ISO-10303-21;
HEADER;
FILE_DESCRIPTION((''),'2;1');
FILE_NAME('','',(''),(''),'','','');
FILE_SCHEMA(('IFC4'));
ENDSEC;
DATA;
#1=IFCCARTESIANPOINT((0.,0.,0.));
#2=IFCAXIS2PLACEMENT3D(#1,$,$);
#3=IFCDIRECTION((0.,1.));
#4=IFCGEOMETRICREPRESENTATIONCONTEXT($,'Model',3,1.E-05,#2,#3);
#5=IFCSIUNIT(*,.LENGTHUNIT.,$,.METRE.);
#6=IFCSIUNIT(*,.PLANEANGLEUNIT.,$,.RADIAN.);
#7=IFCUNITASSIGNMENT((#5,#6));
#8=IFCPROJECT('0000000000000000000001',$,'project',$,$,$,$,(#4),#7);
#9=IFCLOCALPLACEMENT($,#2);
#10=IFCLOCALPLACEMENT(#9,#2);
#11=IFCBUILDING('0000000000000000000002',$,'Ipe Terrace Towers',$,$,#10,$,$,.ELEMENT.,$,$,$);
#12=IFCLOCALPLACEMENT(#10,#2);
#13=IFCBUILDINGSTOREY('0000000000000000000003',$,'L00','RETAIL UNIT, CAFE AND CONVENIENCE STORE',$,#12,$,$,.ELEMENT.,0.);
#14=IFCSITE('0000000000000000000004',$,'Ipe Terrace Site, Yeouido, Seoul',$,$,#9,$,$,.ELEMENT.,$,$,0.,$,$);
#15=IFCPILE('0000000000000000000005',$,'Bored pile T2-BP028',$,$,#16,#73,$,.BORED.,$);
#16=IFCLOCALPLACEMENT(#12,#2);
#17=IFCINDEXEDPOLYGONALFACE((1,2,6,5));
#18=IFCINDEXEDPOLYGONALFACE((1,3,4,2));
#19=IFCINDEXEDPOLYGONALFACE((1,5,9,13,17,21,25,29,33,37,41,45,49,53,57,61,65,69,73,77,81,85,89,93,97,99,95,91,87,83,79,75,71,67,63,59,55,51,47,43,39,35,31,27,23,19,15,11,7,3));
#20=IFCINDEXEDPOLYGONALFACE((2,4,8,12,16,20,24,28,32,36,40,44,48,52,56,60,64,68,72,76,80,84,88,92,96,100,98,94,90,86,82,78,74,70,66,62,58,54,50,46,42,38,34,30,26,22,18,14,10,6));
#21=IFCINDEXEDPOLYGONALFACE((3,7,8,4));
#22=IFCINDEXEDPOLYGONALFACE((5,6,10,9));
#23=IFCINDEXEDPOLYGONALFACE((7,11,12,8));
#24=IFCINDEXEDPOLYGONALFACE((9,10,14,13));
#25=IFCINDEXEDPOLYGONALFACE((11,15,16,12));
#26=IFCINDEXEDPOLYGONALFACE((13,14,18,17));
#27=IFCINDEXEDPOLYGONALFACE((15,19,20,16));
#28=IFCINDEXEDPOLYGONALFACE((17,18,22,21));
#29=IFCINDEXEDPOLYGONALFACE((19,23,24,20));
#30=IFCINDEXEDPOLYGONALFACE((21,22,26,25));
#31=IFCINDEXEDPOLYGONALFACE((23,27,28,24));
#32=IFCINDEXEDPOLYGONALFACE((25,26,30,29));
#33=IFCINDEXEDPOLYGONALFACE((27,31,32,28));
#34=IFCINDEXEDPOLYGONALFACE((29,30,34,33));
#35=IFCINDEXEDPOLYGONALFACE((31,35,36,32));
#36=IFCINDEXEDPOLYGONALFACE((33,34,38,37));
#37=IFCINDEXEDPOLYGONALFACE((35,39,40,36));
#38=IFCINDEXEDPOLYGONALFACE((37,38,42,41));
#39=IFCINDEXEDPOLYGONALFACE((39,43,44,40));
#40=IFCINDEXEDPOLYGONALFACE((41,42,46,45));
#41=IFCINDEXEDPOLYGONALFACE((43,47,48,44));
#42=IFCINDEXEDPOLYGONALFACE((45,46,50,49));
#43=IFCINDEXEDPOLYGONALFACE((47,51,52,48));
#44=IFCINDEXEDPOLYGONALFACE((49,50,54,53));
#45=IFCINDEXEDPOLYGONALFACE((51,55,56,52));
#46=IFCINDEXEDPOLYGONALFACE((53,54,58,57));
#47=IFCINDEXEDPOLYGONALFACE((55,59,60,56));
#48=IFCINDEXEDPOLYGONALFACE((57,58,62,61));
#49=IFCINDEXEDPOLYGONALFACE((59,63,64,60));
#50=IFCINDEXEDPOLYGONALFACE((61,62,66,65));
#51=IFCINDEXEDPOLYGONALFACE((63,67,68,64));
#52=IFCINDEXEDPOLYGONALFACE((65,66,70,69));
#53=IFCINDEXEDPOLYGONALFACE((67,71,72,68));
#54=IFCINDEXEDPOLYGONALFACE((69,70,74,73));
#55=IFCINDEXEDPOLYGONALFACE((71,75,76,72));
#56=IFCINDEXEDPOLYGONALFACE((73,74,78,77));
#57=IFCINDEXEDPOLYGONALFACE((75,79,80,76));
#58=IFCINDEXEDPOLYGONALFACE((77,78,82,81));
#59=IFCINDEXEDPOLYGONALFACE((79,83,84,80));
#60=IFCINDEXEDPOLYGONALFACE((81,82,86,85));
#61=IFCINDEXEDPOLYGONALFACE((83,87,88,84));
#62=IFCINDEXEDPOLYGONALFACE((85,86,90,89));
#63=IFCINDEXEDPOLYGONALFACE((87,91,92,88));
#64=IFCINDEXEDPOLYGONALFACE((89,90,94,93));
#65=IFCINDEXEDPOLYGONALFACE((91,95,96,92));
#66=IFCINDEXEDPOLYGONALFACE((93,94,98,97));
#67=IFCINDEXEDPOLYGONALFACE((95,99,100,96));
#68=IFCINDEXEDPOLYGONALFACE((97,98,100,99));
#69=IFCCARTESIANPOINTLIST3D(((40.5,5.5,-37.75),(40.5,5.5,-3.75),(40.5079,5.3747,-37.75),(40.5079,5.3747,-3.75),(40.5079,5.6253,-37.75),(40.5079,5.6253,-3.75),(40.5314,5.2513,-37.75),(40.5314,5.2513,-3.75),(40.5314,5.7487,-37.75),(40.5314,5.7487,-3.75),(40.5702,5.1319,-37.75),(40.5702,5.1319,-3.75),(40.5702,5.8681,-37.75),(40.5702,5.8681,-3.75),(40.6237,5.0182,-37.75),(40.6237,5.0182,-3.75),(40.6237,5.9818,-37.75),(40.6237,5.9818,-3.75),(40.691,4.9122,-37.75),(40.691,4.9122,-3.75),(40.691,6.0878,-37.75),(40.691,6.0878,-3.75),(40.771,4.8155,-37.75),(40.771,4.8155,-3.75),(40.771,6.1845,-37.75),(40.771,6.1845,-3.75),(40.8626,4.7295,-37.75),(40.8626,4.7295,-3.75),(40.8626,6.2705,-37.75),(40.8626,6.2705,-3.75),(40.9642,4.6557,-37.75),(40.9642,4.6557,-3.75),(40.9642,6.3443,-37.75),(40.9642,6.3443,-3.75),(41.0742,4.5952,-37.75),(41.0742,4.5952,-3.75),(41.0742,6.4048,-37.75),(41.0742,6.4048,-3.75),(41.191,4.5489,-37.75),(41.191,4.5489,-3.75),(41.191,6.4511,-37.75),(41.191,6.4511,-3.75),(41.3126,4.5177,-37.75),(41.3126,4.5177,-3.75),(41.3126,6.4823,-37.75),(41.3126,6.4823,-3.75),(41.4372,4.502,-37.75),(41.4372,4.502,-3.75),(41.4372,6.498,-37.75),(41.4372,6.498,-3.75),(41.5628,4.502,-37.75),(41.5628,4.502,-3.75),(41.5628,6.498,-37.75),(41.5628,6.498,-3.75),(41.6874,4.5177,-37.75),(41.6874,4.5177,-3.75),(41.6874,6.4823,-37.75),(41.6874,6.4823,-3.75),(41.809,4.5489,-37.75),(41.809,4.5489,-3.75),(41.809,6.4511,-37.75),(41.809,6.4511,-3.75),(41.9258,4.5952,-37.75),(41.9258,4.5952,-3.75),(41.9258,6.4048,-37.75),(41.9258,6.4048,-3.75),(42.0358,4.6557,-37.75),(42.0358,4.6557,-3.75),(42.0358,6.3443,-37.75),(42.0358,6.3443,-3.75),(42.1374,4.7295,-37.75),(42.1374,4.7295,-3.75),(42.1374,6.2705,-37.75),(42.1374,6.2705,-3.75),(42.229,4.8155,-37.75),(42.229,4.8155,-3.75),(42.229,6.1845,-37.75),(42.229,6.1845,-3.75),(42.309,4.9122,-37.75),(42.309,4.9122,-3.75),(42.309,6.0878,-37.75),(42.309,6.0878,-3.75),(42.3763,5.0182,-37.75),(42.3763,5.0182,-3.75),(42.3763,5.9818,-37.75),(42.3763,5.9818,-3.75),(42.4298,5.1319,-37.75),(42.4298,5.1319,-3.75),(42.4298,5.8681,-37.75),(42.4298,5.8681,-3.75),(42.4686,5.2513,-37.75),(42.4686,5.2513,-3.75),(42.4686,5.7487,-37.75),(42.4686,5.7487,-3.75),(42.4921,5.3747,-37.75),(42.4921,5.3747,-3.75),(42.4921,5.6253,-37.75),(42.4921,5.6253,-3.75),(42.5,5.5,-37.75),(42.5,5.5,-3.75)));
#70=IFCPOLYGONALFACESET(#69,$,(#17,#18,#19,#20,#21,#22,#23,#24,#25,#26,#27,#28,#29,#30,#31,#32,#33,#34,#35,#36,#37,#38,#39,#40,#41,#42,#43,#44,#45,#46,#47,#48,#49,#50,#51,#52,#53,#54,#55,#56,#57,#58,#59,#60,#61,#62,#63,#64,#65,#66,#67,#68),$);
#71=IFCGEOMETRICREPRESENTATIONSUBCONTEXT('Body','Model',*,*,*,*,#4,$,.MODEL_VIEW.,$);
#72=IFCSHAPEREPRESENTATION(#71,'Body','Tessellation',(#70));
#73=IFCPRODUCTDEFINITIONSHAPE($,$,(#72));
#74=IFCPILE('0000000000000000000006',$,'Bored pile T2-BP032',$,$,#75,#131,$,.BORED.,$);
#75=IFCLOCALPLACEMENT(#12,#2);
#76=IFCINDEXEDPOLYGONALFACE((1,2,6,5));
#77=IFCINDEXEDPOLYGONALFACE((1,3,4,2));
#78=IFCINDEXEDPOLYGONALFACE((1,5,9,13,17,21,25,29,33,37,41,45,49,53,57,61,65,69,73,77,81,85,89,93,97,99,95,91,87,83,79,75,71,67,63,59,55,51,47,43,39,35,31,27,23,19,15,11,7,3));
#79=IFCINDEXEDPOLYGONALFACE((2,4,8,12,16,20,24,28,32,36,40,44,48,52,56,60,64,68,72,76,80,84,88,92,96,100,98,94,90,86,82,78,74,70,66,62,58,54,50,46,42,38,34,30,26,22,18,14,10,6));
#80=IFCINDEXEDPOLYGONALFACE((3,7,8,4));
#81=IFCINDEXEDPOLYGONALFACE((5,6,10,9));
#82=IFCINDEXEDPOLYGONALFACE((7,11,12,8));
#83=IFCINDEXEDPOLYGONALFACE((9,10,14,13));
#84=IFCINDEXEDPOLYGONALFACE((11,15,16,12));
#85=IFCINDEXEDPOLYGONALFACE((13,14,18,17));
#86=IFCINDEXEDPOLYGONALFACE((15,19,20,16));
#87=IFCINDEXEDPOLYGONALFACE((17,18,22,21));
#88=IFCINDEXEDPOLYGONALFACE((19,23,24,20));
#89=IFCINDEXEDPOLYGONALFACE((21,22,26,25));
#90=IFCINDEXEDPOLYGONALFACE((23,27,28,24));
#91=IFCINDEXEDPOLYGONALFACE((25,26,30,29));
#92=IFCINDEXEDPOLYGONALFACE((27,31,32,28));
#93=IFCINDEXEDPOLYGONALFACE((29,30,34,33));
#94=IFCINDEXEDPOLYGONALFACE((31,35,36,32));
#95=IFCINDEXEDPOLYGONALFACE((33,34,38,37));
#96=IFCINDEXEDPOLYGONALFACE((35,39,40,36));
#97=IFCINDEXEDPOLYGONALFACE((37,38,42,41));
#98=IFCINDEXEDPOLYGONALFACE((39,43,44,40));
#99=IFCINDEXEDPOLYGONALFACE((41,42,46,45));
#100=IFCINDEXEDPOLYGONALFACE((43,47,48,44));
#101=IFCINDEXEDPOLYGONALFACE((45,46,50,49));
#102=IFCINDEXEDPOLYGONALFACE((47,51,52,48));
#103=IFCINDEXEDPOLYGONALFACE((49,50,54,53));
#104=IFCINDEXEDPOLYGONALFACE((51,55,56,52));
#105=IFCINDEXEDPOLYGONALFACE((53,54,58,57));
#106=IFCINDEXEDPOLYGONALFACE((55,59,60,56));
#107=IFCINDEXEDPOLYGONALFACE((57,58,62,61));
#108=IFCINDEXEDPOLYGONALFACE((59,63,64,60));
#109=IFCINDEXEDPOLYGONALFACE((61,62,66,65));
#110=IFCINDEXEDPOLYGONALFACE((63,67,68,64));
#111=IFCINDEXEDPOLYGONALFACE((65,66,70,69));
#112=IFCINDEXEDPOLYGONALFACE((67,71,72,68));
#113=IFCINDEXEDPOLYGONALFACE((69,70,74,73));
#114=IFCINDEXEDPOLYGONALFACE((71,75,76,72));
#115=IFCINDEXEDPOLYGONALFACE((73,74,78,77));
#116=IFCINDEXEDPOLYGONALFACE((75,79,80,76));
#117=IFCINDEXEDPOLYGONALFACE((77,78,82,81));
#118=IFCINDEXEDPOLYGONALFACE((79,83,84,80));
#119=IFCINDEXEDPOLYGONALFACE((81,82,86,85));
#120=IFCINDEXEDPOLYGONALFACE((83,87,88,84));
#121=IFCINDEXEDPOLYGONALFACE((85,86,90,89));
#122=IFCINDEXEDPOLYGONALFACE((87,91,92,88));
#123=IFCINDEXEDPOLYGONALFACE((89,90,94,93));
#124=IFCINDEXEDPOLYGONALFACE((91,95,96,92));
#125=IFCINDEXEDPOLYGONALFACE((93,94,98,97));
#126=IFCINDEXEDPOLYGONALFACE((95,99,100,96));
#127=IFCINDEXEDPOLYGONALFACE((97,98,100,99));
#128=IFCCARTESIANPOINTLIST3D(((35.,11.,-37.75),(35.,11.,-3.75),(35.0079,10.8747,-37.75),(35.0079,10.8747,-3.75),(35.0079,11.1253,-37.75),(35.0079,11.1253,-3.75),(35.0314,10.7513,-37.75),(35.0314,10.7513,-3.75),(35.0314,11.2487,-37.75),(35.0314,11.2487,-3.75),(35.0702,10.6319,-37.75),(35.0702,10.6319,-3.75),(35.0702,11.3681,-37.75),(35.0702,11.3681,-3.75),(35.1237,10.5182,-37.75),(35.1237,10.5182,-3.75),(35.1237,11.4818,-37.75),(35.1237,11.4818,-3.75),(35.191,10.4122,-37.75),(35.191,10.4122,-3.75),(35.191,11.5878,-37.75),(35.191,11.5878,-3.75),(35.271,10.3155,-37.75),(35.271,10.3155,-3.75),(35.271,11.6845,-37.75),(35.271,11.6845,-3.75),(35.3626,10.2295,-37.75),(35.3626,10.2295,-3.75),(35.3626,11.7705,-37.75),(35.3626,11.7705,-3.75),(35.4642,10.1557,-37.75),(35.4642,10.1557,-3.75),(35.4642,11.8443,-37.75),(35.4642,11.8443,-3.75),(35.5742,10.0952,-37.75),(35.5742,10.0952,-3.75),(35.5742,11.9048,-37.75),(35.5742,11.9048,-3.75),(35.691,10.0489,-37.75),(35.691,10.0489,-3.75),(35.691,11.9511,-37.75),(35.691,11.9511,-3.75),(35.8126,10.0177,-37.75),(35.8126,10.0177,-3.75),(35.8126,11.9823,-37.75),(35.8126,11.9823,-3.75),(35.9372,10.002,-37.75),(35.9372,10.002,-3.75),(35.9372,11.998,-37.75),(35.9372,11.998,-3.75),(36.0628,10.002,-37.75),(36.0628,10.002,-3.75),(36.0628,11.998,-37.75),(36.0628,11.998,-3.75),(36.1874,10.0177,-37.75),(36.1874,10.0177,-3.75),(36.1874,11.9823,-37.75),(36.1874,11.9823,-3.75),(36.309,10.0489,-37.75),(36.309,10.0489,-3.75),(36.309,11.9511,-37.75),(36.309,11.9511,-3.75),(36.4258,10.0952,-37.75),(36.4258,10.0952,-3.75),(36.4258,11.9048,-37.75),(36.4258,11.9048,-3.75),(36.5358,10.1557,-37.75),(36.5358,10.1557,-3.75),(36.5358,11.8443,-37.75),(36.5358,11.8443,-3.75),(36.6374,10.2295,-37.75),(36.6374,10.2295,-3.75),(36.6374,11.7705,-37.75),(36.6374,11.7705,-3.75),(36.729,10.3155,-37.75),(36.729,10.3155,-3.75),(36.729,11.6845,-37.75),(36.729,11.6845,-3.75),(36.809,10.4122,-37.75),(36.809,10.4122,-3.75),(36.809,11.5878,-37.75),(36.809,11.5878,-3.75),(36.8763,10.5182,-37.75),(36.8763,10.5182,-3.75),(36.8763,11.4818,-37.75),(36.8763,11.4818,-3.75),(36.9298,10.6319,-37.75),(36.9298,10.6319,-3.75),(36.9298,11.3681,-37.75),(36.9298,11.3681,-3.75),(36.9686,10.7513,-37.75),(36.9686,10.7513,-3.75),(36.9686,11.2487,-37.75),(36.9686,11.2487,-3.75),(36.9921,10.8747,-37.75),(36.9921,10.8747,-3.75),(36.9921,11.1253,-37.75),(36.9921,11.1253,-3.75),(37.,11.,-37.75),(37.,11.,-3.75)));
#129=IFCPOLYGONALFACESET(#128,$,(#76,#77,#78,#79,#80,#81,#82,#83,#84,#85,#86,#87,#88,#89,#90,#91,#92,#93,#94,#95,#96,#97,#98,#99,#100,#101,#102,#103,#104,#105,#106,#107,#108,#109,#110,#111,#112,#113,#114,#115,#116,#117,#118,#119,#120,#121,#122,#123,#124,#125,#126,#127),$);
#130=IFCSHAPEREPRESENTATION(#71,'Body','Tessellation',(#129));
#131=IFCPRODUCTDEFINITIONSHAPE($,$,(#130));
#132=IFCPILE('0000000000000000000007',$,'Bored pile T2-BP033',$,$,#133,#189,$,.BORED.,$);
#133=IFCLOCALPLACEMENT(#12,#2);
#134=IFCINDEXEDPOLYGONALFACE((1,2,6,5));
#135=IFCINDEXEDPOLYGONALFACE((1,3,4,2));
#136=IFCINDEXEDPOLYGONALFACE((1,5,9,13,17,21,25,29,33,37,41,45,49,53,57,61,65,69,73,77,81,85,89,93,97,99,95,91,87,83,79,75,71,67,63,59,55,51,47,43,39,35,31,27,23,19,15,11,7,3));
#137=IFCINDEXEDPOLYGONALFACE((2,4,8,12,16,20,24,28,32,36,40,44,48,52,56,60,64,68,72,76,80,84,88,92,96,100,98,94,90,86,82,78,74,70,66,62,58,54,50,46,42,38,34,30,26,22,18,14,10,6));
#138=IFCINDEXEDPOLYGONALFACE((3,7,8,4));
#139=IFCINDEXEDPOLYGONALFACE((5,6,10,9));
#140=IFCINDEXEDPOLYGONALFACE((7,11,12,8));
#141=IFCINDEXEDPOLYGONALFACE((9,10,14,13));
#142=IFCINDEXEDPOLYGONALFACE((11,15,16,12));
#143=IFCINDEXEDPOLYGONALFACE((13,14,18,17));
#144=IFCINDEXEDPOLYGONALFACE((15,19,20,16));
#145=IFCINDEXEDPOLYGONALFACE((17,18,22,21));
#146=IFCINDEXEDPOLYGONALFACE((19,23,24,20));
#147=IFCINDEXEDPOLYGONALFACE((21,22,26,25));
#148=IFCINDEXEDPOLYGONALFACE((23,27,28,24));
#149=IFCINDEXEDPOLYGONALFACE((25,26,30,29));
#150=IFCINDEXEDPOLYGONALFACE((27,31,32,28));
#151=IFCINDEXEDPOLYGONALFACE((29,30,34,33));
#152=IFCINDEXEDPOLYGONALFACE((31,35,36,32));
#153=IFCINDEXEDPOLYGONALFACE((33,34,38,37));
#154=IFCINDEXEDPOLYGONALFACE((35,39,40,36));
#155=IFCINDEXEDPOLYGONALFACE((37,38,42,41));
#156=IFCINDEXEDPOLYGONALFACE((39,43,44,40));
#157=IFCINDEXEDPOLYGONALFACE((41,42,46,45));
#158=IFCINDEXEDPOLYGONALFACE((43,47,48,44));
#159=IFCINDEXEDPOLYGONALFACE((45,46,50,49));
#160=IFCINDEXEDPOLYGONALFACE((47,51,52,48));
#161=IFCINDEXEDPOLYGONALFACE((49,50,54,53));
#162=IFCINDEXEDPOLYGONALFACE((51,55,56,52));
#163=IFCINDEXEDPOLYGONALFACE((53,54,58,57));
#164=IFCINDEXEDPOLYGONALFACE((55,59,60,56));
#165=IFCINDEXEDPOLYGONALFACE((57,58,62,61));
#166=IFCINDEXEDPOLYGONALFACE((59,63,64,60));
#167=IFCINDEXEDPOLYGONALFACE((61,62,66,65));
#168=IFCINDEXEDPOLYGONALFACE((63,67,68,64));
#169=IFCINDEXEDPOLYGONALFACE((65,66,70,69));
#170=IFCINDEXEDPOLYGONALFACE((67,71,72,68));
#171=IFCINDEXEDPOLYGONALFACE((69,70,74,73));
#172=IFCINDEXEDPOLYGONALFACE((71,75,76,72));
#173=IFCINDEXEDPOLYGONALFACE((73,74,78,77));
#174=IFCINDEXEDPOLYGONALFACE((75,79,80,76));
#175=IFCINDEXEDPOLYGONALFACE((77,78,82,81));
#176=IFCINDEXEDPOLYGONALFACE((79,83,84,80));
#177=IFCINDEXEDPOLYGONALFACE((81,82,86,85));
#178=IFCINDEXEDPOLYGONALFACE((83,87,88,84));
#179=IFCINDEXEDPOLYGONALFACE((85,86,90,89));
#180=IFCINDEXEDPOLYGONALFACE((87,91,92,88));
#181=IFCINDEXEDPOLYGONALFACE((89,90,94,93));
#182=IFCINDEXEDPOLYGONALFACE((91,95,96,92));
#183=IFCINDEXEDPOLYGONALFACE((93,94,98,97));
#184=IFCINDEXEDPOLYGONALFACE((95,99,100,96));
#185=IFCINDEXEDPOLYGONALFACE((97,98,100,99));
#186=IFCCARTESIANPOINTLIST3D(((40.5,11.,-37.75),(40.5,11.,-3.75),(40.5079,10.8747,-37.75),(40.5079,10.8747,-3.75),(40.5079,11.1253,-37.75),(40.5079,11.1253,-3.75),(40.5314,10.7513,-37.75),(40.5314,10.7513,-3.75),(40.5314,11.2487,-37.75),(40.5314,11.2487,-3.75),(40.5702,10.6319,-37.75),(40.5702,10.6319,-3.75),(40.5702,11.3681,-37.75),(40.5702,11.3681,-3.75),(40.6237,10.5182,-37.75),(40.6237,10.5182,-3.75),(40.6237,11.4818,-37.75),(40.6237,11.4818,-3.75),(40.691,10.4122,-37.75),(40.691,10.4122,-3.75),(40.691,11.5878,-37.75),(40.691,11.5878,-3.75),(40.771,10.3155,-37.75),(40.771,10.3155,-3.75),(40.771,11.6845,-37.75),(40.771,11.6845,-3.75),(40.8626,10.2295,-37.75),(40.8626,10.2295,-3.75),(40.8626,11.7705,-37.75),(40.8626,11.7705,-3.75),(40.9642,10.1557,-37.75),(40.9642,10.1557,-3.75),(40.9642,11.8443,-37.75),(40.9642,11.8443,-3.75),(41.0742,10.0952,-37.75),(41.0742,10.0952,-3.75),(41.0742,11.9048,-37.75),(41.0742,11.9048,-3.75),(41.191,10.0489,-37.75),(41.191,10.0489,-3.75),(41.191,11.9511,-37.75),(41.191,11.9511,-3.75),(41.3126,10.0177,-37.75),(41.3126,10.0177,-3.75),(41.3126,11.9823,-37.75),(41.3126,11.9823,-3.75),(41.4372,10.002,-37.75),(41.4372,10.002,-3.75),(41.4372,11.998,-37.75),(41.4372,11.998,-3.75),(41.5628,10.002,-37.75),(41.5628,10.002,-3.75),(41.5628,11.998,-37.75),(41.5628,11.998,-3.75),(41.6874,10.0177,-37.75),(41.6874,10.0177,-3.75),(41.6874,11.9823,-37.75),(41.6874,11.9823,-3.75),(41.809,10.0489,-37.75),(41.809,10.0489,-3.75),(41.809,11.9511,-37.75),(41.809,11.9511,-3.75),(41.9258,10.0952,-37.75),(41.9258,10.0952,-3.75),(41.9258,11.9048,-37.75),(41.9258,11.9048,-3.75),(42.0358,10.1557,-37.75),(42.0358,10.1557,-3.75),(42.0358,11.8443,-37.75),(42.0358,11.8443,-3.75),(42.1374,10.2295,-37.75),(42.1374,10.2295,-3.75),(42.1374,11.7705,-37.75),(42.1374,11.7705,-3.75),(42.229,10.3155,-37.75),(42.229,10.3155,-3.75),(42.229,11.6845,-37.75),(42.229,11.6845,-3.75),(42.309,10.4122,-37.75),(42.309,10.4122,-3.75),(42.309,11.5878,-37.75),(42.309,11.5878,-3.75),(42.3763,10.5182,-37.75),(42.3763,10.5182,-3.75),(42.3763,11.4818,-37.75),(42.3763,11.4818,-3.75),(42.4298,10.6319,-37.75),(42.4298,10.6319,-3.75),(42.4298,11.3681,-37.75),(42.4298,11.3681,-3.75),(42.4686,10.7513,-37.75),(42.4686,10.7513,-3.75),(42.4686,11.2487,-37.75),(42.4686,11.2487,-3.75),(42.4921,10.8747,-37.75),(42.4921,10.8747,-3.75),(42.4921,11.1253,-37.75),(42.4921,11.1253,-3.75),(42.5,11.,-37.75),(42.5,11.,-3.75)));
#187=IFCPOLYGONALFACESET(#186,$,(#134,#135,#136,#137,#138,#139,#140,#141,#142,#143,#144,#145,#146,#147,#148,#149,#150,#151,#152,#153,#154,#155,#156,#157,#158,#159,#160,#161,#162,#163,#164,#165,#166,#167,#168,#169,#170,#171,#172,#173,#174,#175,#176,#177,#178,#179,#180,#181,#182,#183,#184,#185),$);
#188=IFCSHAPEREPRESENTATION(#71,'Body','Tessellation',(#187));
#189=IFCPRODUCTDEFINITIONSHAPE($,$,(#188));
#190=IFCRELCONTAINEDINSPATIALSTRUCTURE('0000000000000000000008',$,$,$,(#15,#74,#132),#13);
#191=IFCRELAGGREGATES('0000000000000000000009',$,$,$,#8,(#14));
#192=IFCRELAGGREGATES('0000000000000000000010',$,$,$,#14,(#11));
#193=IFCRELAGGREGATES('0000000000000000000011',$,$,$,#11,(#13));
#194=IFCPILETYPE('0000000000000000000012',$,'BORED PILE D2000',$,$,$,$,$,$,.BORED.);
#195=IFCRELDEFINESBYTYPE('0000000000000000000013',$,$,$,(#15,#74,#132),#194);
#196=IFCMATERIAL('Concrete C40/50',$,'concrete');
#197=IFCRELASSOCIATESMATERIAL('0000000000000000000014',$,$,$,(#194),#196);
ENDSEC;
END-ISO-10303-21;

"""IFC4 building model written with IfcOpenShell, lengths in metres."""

from ifc_helpers import new_model, si_unit, direction, frame, origin, origin_2d, place, context, subcontext, project, spatial, circle, extrude, material, material_profile, profile_set, type_object, element, save


model = new_model("IFC4")

# Units and contexts
model_context = context("Model", 3, precision=1e-05, world=origin(), true_north=direction((0.0, 1.0)))
body_context = subcontext(model_context, "Body", "Model", "MODEL_VIEW")
ifc_project = project(units=[si_unit("LENGTHUNIT", "METRE"), si_unit("PLANEANGLEUNIT", "RADIAN")], contexts=[model_context])

# Site, building, storey
site_placement = place(None, origin())
site = spatial("IfcSite", under=ifc_project, at=site_placement, Name="Ipe Terrace Site, Yeouido, Seoul", CompositionType="ELEMENT", RefElevation=0.0)
building_placement = place(site_placement, origin())
building = spatial("IfcBuilding", under=site, at=building_placement, Name="Ipe Terrace Towers", CompositionType="ELEMENT")
storey_placement = place(building_placement, origin())
storey = spatial("IfcBuildingStorey", under=building, at=storey_placement, Name="L00", Description="RETAIL UNIT, CAFE AND CONVENIENCE STORE", CompositionType="ELEMENT", Elevation=0.0)

# Piles
ifc_material_1 = material(Name="Concrete C40/50", Category="concrete")
ifc_material_profile = material_profile(ifc_material_1, circle(Radius=1.0, at=origin_2d()), Name="BORED PILE D2000")
ifc_profile_set = profile_set([ifc_material_profile], Name="Concrete C40/50")
pile_type = type_object("IfcPileType", Name="BORED PILE D2000", PredefinedType="BORED", material=ifc_profile_set)
for number, where, z_axis, x_axis, name in (
    (1, (41.5, 5.5, -3.75), (0.0, 0.0, -1.0), (1.0, 0.0, 0.0), "Bored pile T2-BP028"),
    (2, (36.0, 11.0, -3.75), (0.0, 0.0, -1.0), (1.0, 0.0, 0.0), "Bored pile T2-BP032"),
    (3, (41.5, 11.0, -3.75), (0.0, 0.0, -1.0), (1.0, 0.0, 0.0), "Bored pile T2-BP033"),
):
    element("IfcPile", number, at=place(storey_placement, frame(where, z_axis=z_axis, x_axis=x_axis)), inside=storey, type_object=pile_type, Name=name, PredefinedType="BORED", context=body_context, shape_type="SweptSolid", body=[
        extrude(circle(Radius=1.0, at=origin_2d()), origin(), (0.0, 0.0, 1.0), 34.0),
    ])

save(model, "model.ifc")
